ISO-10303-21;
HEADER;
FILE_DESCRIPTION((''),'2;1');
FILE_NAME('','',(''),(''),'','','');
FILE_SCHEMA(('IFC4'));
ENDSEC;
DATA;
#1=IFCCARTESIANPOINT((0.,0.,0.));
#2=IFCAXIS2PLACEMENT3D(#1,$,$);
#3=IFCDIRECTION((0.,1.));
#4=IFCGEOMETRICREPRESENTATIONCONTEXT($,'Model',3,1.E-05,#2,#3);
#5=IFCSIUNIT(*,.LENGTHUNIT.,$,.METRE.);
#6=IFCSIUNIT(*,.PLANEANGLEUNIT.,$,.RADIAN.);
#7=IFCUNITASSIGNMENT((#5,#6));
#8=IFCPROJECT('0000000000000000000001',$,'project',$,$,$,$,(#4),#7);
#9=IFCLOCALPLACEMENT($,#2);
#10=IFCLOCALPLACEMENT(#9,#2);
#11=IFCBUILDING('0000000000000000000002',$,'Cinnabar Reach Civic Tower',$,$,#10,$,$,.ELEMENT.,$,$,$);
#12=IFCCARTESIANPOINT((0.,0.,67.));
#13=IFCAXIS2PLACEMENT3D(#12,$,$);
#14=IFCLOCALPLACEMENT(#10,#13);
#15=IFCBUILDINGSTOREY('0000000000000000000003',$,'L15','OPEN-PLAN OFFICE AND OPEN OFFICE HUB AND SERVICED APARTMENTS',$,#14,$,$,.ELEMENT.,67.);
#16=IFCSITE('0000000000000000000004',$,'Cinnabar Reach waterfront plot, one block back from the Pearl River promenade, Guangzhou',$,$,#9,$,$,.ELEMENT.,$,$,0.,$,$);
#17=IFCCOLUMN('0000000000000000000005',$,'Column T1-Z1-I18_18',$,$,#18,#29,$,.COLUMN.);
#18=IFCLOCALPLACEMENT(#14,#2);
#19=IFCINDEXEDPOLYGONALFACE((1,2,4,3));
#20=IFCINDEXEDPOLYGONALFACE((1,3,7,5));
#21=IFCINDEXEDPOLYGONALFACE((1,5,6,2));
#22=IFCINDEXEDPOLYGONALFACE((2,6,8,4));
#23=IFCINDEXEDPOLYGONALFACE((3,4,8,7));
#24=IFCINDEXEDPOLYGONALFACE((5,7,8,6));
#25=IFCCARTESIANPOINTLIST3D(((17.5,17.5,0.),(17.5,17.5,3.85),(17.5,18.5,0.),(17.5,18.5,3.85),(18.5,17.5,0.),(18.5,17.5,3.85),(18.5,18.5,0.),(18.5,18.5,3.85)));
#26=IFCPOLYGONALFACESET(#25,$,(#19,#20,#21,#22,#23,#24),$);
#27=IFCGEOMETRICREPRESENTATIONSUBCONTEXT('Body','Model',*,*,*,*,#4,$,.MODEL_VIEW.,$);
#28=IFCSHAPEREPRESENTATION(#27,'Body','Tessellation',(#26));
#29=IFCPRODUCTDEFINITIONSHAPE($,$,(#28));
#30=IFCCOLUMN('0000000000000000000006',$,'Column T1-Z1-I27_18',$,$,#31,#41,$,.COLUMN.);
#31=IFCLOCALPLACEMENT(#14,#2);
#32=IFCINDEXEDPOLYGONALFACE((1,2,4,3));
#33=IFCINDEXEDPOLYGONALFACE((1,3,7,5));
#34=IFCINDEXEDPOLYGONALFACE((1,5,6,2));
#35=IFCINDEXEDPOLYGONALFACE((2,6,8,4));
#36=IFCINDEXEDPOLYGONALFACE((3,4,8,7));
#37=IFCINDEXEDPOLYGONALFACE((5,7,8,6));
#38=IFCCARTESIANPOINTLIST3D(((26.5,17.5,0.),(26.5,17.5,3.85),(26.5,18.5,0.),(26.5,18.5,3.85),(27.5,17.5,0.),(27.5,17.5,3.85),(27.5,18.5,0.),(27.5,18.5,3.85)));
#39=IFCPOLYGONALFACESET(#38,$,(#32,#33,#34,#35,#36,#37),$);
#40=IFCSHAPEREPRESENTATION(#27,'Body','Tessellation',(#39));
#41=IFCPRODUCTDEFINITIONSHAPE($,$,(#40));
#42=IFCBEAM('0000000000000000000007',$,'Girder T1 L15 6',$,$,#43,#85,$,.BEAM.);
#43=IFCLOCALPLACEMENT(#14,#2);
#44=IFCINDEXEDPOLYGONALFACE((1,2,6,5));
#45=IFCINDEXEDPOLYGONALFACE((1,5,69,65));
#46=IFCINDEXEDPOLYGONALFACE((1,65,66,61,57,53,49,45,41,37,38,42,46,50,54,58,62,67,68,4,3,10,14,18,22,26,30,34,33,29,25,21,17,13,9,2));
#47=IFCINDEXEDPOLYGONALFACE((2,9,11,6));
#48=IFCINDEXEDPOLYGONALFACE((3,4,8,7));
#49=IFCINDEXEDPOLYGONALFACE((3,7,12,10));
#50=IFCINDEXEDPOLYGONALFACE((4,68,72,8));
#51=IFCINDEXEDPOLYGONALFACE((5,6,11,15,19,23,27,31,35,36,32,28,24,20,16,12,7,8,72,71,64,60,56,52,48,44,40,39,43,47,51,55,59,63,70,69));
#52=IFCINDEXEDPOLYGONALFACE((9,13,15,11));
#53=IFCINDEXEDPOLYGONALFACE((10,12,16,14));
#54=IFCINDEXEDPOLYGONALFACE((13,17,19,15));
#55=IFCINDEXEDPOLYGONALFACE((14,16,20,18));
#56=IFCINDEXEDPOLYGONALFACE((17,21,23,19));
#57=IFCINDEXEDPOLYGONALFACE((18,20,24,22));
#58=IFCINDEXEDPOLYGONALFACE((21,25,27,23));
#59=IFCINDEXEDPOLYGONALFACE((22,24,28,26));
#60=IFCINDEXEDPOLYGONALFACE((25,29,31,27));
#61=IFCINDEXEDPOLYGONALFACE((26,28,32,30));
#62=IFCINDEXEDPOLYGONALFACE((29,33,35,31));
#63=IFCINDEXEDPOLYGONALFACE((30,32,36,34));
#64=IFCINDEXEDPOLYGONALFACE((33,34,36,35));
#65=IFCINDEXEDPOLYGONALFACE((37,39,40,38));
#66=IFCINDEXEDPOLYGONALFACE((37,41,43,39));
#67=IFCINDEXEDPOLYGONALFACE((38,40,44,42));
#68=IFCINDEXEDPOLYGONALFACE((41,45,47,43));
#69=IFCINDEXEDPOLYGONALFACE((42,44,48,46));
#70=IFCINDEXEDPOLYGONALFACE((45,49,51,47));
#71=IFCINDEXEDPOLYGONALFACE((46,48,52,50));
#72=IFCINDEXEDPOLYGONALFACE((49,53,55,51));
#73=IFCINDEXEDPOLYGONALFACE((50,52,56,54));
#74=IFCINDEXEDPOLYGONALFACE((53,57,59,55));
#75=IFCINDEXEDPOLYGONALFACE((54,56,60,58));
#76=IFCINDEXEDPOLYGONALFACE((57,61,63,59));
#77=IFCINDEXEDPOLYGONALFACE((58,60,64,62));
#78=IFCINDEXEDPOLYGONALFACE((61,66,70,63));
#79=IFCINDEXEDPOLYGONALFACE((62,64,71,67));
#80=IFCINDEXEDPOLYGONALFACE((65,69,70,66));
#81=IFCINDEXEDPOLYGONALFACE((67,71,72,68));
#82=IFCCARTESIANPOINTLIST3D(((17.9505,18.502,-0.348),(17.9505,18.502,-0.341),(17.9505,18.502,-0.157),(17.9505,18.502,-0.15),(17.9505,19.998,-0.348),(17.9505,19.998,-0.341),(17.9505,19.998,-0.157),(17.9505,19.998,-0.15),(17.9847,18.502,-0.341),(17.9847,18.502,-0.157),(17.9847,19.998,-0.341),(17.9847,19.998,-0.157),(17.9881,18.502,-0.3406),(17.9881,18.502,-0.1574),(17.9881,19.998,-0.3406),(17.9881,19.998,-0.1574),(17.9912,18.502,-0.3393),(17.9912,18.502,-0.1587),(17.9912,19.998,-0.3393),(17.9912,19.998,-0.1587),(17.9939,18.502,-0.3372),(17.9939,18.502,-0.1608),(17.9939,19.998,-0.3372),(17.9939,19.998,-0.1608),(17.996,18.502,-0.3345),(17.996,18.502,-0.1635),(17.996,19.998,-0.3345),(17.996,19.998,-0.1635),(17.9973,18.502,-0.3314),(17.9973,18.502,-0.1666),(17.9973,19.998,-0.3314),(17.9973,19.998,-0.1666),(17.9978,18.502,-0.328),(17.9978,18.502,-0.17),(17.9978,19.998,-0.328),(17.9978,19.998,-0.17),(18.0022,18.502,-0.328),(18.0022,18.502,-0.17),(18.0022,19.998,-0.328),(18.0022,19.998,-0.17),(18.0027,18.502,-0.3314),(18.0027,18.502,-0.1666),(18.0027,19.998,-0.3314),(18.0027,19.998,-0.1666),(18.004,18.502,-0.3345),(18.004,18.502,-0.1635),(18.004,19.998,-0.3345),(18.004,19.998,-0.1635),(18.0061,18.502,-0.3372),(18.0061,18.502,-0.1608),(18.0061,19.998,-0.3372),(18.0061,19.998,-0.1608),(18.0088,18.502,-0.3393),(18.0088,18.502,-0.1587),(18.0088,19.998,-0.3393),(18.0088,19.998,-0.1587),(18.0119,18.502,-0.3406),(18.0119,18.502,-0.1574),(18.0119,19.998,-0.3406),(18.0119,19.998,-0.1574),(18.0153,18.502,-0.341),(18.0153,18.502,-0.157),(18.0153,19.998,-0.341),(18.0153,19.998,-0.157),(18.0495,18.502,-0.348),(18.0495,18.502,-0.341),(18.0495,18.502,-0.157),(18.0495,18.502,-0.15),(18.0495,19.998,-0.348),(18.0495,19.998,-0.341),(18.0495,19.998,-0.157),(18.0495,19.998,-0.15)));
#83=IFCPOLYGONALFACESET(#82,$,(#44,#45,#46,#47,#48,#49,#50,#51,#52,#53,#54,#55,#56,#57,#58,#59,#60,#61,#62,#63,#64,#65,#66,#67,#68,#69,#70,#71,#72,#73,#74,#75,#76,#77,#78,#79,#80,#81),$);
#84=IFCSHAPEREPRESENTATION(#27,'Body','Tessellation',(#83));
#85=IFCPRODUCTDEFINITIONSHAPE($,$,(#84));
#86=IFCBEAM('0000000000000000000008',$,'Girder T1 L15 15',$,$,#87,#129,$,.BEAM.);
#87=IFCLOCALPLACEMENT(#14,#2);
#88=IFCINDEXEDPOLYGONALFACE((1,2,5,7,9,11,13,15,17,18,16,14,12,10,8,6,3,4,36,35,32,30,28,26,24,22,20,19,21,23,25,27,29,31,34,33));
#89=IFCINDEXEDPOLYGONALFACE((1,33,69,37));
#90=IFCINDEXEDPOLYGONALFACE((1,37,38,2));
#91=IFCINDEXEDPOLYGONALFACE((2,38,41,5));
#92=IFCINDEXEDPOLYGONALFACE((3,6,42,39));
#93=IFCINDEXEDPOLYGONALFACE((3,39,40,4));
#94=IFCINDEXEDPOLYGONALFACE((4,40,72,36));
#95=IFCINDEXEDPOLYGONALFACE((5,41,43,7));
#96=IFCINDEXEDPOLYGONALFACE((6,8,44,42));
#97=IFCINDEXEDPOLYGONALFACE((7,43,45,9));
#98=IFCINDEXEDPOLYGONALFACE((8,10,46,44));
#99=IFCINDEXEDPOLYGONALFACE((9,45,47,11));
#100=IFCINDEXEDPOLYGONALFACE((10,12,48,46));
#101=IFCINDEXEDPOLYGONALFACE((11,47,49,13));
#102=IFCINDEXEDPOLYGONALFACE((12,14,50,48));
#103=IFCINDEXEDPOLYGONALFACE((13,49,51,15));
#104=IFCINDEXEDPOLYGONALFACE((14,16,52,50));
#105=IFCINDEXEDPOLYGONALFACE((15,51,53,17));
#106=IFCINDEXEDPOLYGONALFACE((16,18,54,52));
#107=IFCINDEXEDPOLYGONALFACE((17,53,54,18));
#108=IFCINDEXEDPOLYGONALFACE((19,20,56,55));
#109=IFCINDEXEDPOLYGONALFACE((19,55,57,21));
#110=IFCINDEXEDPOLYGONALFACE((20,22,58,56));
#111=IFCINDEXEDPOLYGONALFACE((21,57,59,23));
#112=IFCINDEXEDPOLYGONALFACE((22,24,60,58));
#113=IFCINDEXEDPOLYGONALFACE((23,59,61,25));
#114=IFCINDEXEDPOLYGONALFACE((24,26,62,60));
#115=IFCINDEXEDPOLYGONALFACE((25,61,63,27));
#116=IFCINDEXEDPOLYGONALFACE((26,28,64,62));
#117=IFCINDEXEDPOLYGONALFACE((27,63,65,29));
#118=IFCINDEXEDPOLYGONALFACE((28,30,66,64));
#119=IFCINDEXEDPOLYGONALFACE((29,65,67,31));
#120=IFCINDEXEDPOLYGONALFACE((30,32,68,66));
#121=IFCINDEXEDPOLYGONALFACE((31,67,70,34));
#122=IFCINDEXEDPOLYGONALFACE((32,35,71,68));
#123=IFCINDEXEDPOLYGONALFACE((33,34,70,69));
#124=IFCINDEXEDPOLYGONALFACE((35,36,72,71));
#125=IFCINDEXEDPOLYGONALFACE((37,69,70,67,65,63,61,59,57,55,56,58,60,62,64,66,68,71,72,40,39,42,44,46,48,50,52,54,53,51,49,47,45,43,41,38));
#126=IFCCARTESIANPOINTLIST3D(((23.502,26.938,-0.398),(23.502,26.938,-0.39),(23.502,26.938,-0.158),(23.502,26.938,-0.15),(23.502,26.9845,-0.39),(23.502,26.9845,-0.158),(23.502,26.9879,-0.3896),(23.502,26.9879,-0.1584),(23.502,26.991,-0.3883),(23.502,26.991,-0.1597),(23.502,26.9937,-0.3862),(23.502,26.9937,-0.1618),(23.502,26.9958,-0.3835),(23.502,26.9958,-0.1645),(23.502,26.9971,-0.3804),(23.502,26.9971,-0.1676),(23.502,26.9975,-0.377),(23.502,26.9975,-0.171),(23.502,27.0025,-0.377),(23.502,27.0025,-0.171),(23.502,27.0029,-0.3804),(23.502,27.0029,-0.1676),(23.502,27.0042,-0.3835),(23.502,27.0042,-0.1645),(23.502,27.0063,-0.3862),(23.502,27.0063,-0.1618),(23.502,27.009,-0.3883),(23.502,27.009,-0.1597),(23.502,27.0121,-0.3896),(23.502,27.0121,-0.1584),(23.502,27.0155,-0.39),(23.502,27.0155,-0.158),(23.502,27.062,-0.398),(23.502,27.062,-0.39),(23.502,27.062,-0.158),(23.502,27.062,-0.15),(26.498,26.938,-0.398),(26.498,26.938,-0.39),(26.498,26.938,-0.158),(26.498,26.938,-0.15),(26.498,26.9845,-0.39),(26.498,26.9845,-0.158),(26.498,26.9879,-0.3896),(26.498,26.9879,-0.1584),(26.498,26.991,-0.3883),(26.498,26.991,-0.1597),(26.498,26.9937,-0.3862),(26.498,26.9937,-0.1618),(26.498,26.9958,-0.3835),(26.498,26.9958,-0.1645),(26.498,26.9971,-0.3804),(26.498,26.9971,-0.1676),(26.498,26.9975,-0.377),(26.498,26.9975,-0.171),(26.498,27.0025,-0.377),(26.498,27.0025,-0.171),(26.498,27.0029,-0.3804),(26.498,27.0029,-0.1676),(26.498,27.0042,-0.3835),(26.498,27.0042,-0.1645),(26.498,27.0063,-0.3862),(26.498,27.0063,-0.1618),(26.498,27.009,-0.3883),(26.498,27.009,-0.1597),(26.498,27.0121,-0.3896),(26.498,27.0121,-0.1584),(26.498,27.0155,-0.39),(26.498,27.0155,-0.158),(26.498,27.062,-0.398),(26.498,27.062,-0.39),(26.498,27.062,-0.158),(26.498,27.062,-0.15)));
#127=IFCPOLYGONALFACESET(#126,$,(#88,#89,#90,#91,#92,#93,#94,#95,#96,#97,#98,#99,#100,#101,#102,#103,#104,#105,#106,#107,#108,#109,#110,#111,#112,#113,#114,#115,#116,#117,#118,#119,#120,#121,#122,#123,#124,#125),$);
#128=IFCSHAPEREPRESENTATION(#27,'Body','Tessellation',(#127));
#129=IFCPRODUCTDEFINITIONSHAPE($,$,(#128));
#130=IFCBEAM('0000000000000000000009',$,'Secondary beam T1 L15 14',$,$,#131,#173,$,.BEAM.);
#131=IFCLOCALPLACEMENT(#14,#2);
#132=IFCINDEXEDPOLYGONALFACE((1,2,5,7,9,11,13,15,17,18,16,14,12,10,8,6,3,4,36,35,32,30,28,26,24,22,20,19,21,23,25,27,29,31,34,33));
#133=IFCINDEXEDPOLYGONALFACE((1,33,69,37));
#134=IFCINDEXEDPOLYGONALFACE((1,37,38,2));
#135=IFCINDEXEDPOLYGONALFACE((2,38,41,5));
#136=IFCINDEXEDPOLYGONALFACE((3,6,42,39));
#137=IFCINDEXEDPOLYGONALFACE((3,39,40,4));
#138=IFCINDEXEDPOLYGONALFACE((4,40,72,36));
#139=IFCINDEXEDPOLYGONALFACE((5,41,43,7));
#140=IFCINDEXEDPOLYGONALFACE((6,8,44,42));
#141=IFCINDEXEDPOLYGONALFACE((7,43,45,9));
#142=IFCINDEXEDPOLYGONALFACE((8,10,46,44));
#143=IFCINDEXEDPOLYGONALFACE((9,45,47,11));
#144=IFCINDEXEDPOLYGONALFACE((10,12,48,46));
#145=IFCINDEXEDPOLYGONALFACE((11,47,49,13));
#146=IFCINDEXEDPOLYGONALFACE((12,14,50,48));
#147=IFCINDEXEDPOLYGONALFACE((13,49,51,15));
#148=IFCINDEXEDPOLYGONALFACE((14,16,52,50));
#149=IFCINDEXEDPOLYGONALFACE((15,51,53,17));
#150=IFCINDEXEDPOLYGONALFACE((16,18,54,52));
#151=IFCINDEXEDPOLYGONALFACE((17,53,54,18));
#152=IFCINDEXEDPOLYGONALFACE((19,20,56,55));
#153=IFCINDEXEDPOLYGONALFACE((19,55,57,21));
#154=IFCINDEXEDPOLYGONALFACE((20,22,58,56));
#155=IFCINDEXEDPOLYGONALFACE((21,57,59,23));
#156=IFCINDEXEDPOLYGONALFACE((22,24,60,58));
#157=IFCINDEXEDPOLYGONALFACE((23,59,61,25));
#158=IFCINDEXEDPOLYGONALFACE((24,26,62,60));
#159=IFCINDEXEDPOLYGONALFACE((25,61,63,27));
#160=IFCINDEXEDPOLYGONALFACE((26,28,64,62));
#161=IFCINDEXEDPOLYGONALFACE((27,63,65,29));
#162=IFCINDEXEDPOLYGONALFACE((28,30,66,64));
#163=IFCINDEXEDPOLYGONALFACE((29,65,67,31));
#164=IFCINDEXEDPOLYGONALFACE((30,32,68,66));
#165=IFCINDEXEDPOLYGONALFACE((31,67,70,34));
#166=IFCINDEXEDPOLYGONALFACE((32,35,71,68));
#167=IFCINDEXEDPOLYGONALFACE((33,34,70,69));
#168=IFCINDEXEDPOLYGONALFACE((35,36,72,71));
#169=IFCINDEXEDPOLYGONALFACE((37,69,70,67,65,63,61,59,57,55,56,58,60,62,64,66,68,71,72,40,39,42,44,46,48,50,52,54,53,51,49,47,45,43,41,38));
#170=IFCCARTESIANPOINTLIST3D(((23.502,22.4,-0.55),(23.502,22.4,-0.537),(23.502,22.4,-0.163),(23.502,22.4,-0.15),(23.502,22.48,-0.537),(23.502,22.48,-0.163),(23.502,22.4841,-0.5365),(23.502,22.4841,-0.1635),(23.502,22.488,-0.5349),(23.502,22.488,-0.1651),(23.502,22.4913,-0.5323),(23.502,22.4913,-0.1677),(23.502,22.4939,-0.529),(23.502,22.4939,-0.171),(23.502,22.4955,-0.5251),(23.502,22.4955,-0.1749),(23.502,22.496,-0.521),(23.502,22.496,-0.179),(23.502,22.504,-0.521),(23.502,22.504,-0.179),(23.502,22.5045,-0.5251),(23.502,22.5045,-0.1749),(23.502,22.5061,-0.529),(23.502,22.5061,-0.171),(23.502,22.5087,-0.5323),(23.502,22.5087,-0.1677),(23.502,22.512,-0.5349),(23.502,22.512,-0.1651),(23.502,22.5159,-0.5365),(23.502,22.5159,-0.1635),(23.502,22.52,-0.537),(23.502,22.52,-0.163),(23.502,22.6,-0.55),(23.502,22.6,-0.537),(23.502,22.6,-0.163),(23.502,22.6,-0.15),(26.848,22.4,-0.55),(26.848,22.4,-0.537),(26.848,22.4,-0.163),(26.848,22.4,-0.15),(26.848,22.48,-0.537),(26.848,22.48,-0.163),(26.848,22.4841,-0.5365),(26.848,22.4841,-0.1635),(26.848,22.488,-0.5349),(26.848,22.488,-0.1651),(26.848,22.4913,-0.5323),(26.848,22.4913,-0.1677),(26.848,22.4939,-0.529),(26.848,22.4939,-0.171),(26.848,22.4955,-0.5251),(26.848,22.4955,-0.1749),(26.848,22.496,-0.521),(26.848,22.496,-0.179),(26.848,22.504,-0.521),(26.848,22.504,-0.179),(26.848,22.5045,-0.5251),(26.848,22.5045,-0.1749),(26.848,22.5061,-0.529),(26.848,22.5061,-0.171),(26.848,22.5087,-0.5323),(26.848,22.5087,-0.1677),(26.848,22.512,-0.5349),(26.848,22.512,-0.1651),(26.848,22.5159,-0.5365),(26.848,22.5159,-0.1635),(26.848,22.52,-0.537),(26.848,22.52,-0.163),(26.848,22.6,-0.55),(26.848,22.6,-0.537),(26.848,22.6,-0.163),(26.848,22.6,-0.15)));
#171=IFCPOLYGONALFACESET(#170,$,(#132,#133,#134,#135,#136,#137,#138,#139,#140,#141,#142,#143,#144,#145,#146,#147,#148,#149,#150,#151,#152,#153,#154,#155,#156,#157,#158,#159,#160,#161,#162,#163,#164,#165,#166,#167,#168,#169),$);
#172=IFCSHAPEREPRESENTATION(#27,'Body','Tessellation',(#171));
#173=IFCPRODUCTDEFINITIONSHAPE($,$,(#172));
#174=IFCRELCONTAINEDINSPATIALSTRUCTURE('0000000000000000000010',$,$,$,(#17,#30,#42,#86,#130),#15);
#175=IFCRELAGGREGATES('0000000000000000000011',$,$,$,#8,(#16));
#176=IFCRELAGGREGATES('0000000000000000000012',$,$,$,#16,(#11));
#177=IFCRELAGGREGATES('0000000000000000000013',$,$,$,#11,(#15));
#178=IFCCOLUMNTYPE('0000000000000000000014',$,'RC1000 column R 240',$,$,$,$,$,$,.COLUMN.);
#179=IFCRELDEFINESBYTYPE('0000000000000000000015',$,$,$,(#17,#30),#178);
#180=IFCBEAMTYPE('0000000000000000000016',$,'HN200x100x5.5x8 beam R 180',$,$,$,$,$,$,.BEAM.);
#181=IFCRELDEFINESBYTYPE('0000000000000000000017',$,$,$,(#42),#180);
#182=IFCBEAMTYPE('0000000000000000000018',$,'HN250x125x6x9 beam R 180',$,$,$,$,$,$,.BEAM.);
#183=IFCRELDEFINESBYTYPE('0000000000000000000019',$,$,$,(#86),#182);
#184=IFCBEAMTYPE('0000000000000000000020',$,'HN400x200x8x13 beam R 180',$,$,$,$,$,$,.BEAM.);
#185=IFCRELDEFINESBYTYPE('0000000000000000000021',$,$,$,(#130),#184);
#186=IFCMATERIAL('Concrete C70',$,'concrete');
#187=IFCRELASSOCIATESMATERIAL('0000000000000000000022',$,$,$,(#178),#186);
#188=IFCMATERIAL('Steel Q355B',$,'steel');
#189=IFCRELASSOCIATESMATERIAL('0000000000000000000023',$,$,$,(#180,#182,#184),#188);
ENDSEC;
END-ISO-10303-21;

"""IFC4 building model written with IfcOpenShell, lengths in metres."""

from ifc_helpers import new_model, si_unit, direction, frame, origin, origin_2d, place, context, subcontext, project, spatial, rectangle, i_section, extrude, material, material_profile, profile_set, type_object, element, save


model = new_model("IFC4")

# Units and contexts
model_context = context("Model", 3, precision=1e-05, world=origin(), true_north=direction((0.0, 1.0)))
body_context = subcontext(model_context, "Body", "Model", "MODEL_VIEW")
ifc_project = project(units=[si_unit("LENGTHUNIT", "METRE"), si_unit("PLANEANGLEUNIT", "RADIAN")], contexts=[model_context])

# Site, building, storey
site_placement = place(None, origin())
site = spatial("IfcSite", under=ifc_project, at=site_placement, Name="Cinnabar Reach waterfront plot, one block back from the Pearl River promenade, Guangzhou", CompositionType="ELEMENT", RefElevation=0.0)
building_placement = place(site_placement, origin())
building = spatial("IfcBuilding", under=site, at=building_placement, Name="Cinnabar Reach Civic Tower", CompositionType="ELEMENT")
storey_placement = place(building_placement, frame((0.0, 0.0, 67.0)))
storey = spatial("IfcBuildingStorey", under=building, at=storey_placement, Name="L15", Description="OPEN-PLAN OFFICE AND OPEN OFFICE HUB AND SERVICED APARTMENTS", CompositionType="ELEMENT", Elevation=67.0)

# Columns
ifc_material_1 = material(Name="Concrete C70", Category="concrete")
ifc_material_profile_1 = material_profile(ifc_material_1, rectangle(XDim=1.0, YDim=1.0, at=origin_2d()), Name="RC1000")
ifc_profile_set_1 = profile_set([ifc_material_profile_1], Name="Concrete C70")
column_type = type_object("IfcColumnType", Name="RC1000 column R 240", PredefinedType="COLUMN", material=ifc_profile_set_1)
for number, where, z_axis, x_axis, name in (
    (1, (18.0, 18.0, 0.0), (0.0, 0.0, 1.0), (1.0, 0.0, 0.0), "Column T1-Z1-I18_18"),
    (2, (27.0, 18.0, 0.0), (0.0, 0.0, 1.0), (1.0, 0.0, 0.0), "Column T1-Z1-I27_18"),
):
    element("IfcColumn", number, at=place(storey_placement, frame(where, z_axis=z_axis, x_axis=x_axis)), inside=storey, type_object=column_type, Name=name, PredefinedType="COLUMN", context=body_context, shape_type="SweptSolid", body=[
        extrude(rectangle(XDim=1.0, YDim=1.0, at=origin_2d()), origin(), (0.0, 0.0, 1.0), 3.85),
    ])

# Beams
ifc_material_2 = material(Name="Steel Q355B", Category="steel")
ifc_material_profile_2 = material_profile(ifc_material_2, i_section(OverallWidth=0.099, OverallDepth=0.198, WebThickness=0.0045, FlangeThickness=0.007, FilletRadius=0.013, at=origin_2d()), Name="HN200x100x5.5x8")
ifc_profile_set_2 = profile_set([ifc_material_profile_2], Name="Steel Q355B")
beam_type_1 = type_object("IfcBeamType", Name="HN200x100x5.5x8 beam R 180", PredefinedType="BEAM", material=ifc_profile_set_2)
beam_1_placement = place(storey_placement, frame((18.0, 18.502, -0.249), z_axis=(0.0, 1.0, 0.0), x_axis=(-1.0, 0.0, 0.0)))
element("IfcBeam", 3, at=beam_1_placement, inside=storey, type_object=beam_type_1, Name="Girder T1 L15 6", PredefinedType="BEAM", context=body_context, shape_type="SweptSolid", body=[
    extrude(i_section(OverallWidth=0.099, OverallDepth=0.198, WebThickness=0.0045, FlangeThickness=0.007, FilletRadius=0.013, at=origin_2d()), origin(), (0.0, 0.0, 1.0), 1.496),
])
ifc_material_profile_3 = material_profile(ifc_material_2, i_section(OverallWidth=0.124, OverallDepth=0.248, WebThickness=0.005, FlangeThickness=0.008, FilletRadius=0.013, at=origin_2d()), Name="HN250x125x6x9")
ifc_profile_set_3 = profile_set([ifc_material_profile_3], Name="Steel Q355B")
beam_type_2 = type_object("IfcBeamType", Name="HN250x125x6x9 beam R 180", PredefinedType="BEAM", material=ifc_profile_set_3)
beam_2_placement = place(storey_placement, frame((23.502, 27.0, -0.274), z_axis=(1.0, 0.0, 0.0), x_axis=(0.0, 1.0, 0.0)))
element("IfcBeam", 4, at=beam_2_placement, inside=storey, type_object=beam_type_2, Name="Girder T1 L15 15", PredefinedType="BEAM", context=body_context, shape_type="SweptSolid", body=[
    extrude(i_section(OverallWidth=0.124, OverallDepth=0.248, WebThickness=0.005, FlangeThickness=0.008, FilletRadius=0.013, at=origin_2d()), origin(), (0.0, 0.0, 1.0), 2.996),
])
ifc_material_profile_4 = material_profile(ifc_material_2, i_section(OverallWidth=0.2, OverallDepth=0.4, WebThickness=0.008, FlangeThickness=0.013, FilletRadius=0.016, at=origin_2d()), Name="HN400x200x8x13")
ifc_profile_set_4 = profile_set([ifc_material_profile_4], Name="Steel Q355B")
beam_type_3 = type_object("IfcBeamType", Name="HN400x200x8x13 beam R 180", PredefinedType="BEAM", material=ifc_profile_set_4)
beam_3_placement = place(storey_placement, frame((23.502, 22.5, -0.35), z_axis=(1.0, 0.0, 0.0), x_axis=(0.0, 1.0, 0.0)))
element("IfcBeam", 5, at=beam_3_placement, inside=storey, type_object=beam_type_3, Name="Secondary beam T1 L15 14", PredefinedType="BEAM", context=body_context, shape_type="SweptSolid", body=[
    extrude(i_section(OverallWidth=0.2, OverallDepth=0.4, WebThickness=0.008, FlangeThickness=0.013, FilletRadius=0.016, at=origin_2d()), origin(), (0.0, 0.0, 1.0), 3.346),
])

save(model, "model.ifc")
